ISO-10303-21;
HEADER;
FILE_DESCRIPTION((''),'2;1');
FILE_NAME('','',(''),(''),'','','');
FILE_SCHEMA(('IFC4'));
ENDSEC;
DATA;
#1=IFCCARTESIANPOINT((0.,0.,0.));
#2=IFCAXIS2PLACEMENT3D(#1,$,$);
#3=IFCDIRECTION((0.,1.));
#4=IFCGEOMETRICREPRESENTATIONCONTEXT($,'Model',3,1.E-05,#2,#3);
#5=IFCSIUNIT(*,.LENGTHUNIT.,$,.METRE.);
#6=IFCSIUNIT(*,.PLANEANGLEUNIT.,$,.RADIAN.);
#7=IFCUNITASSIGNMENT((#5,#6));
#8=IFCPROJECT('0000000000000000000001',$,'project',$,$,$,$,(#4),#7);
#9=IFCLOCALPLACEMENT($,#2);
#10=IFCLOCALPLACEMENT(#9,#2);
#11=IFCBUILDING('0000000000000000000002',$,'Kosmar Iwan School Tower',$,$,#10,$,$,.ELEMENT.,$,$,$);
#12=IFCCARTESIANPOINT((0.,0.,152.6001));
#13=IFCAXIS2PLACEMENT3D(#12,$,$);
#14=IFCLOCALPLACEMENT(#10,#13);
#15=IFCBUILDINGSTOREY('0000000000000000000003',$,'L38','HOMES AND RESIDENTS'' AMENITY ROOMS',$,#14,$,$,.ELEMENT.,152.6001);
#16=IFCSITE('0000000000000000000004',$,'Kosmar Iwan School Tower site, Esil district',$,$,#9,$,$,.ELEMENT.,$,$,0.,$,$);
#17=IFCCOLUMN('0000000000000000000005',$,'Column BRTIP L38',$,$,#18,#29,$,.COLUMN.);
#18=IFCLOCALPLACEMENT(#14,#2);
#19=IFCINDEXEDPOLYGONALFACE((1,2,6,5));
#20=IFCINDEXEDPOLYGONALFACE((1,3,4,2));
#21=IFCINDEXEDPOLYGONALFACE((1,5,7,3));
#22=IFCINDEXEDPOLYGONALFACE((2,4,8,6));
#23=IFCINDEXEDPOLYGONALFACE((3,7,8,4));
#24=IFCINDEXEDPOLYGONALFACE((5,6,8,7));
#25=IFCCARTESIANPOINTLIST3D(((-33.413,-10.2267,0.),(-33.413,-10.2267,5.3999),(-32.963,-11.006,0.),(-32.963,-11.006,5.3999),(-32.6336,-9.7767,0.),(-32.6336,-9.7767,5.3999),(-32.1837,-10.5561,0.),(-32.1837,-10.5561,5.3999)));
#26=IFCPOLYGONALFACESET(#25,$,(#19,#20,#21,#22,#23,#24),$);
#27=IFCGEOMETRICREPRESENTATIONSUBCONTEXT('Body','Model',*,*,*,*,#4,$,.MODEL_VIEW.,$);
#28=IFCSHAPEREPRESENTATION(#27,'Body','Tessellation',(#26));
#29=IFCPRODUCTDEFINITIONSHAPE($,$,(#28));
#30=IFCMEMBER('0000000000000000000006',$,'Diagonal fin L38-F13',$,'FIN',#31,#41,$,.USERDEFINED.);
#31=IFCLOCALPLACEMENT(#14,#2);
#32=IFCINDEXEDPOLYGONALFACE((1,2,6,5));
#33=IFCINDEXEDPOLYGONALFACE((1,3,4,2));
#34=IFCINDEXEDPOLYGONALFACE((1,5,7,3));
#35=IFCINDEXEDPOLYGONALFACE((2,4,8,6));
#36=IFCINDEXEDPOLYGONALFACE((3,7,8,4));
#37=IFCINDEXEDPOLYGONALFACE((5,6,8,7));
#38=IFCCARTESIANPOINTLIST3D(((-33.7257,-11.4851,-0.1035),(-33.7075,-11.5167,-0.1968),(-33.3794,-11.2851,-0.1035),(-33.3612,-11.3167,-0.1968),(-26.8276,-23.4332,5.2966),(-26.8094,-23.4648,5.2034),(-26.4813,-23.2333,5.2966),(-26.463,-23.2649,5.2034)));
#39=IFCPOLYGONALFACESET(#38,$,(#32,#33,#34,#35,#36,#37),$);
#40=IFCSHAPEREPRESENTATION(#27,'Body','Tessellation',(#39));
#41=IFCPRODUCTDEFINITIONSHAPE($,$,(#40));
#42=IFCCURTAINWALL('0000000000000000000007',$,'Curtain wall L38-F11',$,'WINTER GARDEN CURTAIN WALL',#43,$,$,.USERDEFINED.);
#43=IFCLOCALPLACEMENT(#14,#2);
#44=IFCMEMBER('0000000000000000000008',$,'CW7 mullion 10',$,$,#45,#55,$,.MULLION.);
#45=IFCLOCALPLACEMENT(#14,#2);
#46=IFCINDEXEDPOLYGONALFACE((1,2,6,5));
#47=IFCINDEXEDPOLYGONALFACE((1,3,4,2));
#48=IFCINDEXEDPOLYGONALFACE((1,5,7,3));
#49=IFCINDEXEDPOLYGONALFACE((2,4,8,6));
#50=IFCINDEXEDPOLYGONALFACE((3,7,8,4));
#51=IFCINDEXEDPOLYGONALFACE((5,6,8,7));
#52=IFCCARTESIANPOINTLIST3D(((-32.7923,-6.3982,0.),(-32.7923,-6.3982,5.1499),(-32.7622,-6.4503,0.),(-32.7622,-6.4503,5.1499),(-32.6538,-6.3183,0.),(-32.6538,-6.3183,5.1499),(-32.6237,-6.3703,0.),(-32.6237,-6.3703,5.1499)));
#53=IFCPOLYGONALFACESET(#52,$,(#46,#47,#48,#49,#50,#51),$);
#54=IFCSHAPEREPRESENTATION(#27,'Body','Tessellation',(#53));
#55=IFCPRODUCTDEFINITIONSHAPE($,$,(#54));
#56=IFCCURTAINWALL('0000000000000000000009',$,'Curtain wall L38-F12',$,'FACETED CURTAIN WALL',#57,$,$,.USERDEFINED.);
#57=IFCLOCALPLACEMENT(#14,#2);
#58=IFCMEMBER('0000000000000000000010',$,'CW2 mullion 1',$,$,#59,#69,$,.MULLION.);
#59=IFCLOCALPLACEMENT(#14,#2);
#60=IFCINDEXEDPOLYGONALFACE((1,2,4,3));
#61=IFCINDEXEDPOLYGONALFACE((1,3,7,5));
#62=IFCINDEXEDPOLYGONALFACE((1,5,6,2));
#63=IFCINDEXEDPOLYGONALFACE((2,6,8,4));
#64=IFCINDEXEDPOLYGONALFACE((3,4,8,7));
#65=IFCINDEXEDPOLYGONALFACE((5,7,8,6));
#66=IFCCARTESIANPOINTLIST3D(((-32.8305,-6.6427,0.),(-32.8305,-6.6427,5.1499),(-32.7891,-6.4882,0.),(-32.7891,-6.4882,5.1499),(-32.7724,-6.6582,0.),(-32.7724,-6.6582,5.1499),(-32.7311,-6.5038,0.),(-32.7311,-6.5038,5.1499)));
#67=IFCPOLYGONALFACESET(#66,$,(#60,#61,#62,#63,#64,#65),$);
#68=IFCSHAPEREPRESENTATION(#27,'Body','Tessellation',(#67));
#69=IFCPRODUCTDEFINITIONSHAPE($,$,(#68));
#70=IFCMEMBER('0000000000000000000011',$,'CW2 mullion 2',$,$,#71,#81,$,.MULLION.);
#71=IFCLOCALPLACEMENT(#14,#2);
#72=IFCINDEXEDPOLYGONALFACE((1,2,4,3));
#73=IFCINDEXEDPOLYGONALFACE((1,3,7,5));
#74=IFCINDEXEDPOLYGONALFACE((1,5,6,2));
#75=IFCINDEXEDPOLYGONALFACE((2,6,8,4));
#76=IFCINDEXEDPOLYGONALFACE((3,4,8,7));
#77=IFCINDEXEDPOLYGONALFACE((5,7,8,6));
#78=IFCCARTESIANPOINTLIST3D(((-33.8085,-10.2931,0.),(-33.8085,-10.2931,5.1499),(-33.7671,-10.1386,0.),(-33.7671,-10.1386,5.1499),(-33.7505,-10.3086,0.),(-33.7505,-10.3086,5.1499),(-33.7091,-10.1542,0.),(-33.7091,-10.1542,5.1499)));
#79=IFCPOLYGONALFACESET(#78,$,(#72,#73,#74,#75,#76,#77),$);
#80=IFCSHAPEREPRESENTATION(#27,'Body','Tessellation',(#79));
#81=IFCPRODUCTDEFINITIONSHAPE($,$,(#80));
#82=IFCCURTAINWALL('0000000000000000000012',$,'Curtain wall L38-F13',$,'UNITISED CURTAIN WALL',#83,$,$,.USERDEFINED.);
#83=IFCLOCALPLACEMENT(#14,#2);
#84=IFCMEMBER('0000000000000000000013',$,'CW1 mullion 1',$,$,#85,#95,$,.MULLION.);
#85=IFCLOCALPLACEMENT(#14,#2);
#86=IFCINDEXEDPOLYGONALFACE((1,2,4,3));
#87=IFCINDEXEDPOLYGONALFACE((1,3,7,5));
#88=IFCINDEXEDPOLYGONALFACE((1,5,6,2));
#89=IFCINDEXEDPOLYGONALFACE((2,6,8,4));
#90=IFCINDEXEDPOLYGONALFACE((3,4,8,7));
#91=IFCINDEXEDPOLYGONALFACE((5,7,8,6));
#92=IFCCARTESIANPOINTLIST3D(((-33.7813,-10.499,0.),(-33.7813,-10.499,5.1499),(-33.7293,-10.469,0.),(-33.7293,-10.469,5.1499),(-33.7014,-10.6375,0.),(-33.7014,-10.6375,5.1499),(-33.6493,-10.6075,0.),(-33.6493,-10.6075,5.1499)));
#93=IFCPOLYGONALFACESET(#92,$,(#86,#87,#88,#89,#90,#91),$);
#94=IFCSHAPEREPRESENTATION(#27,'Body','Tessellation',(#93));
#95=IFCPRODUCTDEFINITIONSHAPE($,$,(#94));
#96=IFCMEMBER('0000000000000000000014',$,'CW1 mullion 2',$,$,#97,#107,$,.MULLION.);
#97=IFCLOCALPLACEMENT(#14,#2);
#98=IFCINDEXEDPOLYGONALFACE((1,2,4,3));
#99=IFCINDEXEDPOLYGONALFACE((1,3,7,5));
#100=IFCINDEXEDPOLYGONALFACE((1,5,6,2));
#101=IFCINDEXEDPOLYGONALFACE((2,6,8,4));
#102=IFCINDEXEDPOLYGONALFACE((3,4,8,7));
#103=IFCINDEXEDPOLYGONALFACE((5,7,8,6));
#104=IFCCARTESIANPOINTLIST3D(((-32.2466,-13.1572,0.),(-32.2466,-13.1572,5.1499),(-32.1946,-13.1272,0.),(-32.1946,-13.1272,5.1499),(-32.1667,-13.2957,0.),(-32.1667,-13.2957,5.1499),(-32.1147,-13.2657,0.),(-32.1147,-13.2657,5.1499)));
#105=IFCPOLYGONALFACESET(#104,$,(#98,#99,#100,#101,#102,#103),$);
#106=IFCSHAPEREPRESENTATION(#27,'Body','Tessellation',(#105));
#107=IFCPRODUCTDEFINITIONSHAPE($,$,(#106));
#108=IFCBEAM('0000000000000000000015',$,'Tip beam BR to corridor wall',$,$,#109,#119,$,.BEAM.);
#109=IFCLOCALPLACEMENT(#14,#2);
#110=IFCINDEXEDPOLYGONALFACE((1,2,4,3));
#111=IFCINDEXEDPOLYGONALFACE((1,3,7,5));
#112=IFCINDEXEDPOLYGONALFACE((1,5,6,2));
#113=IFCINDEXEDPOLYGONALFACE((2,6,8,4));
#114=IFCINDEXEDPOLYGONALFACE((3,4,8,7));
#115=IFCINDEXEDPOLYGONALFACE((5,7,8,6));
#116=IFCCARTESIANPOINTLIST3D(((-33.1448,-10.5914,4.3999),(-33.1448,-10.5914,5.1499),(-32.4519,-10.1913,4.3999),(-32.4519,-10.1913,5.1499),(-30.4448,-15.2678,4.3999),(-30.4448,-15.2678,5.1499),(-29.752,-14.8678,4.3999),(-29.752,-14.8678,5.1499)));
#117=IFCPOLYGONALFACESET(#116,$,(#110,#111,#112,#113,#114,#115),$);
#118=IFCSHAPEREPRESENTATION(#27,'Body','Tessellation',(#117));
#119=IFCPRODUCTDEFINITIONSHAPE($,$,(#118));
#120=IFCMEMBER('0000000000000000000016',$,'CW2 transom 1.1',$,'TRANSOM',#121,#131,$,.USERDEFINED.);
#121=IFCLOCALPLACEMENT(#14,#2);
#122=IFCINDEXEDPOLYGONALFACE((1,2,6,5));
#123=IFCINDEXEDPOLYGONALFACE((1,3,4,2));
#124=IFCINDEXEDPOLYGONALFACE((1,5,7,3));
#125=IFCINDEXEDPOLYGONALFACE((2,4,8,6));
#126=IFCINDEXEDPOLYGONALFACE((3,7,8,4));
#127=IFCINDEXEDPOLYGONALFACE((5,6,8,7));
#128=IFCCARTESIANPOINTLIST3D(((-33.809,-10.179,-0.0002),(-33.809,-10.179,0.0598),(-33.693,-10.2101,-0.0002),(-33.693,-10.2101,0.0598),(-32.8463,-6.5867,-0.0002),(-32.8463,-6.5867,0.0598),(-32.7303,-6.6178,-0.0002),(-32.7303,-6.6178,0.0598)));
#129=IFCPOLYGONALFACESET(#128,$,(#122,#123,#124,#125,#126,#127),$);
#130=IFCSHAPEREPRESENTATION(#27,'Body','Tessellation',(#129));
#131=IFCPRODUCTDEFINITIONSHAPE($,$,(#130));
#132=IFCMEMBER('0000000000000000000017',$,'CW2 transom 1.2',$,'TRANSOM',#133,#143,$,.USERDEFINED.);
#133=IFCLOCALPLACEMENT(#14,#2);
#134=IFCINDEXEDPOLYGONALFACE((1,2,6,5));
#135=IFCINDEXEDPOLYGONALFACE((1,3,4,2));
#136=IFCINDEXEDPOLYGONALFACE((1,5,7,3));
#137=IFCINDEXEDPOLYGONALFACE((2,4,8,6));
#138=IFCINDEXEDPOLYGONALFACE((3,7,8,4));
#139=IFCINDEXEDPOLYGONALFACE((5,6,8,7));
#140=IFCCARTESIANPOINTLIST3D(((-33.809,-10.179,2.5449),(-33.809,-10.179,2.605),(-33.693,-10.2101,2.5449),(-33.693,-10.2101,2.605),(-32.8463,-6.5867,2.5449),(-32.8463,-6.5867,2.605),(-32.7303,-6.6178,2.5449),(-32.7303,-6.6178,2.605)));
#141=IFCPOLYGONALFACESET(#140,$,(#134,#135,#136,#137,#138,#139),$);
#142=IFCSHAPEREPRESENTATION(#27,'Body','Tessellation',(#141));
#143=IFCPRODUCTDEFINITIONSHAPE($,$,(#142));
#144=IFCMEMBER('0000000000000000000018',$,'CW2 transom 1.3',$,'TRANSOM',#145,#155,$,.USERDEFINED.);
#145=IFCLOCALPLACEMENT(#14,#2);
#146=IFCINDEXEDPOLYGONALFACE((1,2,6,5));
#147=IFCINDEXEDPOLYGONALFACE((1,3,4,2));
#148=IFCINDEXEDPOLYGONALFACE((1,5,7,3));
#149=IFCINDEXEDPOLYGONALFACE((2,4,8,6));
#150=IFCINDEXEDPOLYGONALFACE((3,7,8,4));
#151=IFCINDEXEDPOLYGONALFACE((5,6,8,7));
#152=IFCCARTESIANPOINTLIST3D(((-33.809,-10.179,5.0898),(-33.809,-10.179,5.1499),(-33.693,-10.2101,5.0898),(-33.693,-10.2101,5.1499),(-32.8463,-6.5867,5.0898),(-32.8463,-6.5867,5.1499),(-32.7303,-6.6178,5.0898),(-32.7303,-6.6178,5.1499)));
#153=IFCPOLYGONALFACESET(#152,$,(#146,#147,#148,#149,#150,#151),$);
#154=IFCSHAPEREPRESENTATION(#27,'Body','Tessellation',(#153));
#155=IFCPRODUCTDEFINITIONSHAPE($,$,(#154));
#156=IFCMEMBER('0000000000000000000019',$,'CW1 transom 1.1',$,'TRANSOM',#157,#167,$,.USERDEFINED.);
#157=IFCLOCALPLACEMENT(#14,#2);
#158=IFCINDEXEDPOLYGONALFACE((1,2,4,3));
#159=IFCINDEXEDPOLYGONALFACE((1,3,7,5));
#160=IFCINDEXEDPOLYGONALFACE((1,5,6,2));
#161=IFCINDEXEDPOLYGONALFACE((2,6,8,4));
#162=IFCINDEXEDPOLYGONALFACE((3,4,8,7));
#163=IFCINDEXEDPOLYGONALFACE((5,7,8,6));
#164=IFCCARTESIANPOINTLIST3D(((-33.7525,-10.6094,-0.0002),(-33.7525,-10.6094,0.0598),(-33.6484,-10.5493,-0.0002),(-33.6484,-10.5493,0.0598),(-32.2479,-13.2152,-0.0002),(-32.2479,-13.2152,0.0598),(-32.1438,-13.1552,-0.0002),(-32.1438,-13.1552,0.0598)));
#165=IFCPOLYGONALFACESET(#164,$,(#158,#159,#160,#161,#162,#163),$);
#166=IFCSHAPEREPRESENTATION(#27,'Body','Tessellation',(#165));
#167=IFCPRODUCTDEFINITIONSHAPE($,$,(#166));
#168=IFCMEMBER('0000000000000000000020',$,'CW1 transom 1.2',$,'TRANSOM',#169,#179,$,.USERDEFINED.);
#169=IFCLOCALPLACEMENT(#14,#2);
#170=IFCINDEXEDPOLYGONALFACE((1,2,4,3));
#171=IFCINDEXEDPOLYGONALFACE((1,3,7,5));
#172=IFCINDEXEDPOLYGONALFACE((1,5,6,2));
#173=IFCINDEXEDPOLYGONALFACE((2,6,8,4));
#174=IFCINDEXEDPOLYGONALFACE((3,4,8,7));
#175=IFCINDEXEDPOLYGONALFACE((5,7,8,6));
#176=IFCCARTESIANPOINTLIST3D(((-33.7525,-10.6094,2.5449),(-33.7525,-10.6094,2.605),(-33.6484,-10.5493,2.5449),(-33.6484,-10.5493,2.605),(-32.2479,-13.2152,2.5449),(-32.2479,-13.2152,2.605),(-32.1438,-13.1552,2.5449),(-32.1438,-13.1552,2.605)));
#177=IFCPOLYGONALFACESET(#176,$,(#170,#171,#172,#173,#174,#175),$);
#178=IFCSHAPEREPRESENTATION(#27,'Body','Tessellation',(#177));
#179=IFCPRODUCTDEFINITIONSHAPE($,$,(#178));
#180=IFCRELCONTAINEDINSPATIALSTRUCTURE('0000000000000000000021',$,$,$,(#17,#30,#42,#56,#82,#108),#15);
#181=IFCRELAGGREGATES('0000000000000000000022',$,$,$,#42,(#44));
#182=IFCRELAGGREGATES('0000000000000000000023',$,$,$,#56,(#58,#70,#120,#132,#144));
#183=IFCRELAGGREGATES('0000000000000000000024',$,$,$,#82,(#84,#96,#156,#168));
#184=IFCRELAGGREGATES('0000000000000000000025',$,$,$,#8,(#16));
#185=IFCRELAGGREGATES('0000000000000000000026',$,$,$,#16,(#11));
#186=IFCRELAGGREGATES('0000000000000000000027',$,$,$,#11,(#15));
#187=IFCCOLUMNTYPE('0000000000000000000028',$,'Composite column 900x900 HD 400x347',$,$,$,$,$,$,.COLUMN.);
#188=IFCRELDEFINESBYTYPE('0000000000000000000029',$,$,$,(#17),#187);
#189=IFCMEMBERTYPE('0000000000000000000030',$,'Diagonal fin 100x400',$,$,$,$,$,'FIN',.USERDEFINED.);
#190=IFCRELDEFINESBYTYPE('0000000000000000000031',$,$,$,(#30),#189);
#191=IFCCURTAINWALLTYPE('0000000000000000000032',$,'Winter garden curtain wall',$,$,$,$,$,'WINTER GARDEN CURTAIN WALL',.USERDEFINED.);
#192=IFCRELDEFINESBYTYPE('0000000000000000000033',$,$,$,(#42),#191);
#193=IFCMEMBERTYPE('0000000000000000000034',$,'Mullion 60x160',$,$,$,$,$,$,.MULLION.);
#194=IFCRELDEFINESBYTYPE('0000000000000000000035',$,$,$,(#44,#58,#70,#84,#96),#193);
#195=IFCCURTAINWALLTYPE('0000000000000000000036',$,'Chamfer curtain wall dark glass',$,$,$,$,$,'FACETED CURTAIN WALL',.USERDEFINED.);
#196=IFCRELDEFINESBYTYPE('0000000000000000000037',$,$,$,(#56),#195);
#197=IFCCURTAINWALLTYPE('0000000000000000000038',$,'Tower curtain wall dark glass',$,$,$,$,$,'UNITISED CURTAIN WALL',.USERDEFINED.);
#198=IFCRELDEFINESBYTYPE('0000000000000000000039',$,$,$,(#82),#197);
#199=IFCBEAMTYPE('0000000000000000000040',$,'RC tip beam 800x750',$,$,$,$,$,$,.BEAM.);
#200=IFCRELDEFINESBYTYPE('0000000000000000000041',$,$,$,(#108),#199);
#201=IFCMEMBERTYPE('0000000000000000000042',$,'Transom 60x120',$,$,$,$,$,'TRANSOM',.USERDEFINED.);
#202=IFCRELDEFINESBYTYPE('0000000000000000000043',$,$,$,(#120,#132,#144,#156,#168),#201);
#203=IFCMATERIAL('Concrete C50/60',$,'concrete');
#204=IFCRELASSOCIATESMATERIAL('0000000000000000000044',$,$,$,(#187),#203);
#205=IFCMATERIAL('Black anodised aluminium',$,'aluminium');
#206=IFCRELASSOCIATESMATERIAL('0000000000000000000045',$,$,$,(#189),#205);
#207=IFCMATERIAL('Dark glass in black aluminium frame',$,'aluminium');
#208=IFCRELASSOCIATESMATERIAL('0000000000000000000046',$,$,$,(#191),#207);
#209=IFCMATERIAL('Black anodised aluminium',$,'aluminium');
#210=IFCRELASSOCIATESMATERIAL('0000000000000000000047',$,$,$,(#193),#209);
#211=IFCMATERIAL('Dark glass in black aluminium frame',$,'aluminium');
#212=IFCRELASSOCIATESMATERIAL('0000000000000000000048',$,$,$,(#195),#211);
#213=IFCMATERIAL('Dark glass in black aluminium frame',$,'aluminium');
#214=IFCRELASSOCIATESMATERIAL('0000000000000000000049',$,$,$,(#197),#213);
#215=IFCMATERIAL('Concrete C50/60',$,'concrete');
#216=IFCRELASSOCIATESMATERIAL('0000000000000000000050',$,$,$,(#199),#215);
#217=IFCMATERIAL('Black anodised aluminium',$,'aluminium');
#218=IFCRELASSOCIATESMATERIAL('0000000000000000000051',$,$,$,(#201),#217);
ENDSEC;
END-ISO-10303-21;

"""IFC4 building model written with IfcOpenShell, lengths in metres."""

from ifc_helpers import new_model, si_unit, direction, frame, origin, origin_2d, place, context, subcontext, project, spatial, rectangle, extrude, material, material_profile, profile_set, type_object, element, aggregate, save


model = new_model("IFC4")

# Units and contexts
model_context = context("Model", 3, precision=1e-05, world=origin(), true_north=direction((0.0, 1.0)))
body_context = subcontext(model_context, "Body", "Model", "MODEL_VIEW")
ifc_project = project(units=[si_unit("LENGTHUNIT", "METRE"), si_unit("PLANEANGLEUNIT", "RADIAN")], contexts=[model_context])

# Site, building, storey
site_placement = place(None, origin())
site = spatial("IfcSite", under=ifc_project, at=site_placement, Name="Kosmar Iwan School Tower site, Esil district", CompositionType="ELEMENT", RefElevation=0.0)
building_placement = place(site_placement, origin())
building = spatial("IfcBuilding", under=site, at=building_placement, Name="Kosmar Iwan School Tower", CompositionType="ELEMENT")
storey_placement = place(building_placement, frame((0.0, 0.0, 152.6001)))
storey = spatial("IfcBuildingStorey", under=building, at=storey_placement, Name="L38", Description="HOMES AND RESIDENTS' AMENITY ROOMS", CompositionType="ELEMENT", Elevation=152.6001)

# Column
ifc_material_1 = material(Name="Concrete C50/60", Category="concrete")
ifc_material_profile_1 = material_profile(ifc_material_1, rectangle(XDim=0.8999, YDim=0.8999, at=origin_2d()), Name="RC 900x900 + HD 400x347")
ifc_profile_set_1 = profile_set([ifc_material_profile_1], Name="Concrete C50/60")
column_type = type_object("IfcColumnType", Name="Composite column 900x900 HD 400x347", PredefinedType="COLUMN", material=ifc_profile_set_1)
column_placement = place(storey_placement, frame((-32.7983, -10.3914, 0.0), z_axis=(0.0, 0.0, 1.0), x_axis=(-0.866025, -0.5, 0.0)))
element("IfcColumn", 1, at=column_placement, inside=storey, type_object=column_type, Name="Column BRTIP L38", PredefinedType="COLUMN", context=body_context, shape_type="SweptSolid", body=[
    extrude(rectangle(XDim=0.8999, YDim=0.8999, at=origin_2d()), origin(), (0.0, 0.0, 1.0), 5.3999),
])

# Member
ifc_material_2 = material(Name="Black anodised aluminium", Category="aluminium")
ifc_material_profile_2 = material_profile(ifc_material_2, rectangle(XDim=0.1001, YDim=0.3999, at=origin_2d()), Name="FIN 100x400")
ifc_profile_set_2 = profile_set([ifc_material_profile_2], Name="Black anodised aluminium")
member_type_1 = type_object("IfcMemberType", Name="Diagonal fin 100x400", ElementType="FIN", PredefinedType="USERDEFINED", material=ifc_profile_set_2)
member_1_placement = place(storey_placement, frame((-33.5435, -11.4009, -0.1501), z_axis=(0.465598, -0.806454, 0.364486), x_axis=(-0.182241, 0.315656, 0.931209)))
element("IfcMember", 2, at=member_1_placement, inside=storey, type_object=member_type_1, Name="Diagonal fin L38-F13", ObjectType="FIN", PredefinedType="USERDEFINED", context=body_context, shape_type="SweptSolid", body=[
    extrude(rectangle(XDim=0.1001, YDim=0.3999, at=origin_2d()), origin(), (0.0, 0.0, 1.0), 14.8157),
])

# Curtain wall, member
ifc_material_3 = material(Name="Dark glass in black aluminium frame", Category="aluminium")
curtain_wall_type_1 = type_object("IfcCurtainWallType", Name="Winter garden curtain wall", ElementType="WINTER GARDEN CURTAIN WALL", PredefinedType="USERDEFINED", material=ifc_material_3)
curtain_wall_1_placement = place(storey_placement, origin())
curtain_wall_1 = element("IfcCurtainWall", 3, at=curtain_wall_1_placement, inside=storey, type_object=curtain_wall_type_1, Name="Curtain wall L38-F11", ObjectType="WINTER GARDEN CURTAIN WALL", PredefinedType="USERDEFINED")
ifc_material_4 = material(Name="Black anodised aluminium", Category="aluminium")
ifc_material_profile_3 = material_profile(ifc_material_4, rectangle(XDim=0.0601, YDim=0.1599, at=origin_2d()), Name="MULLION 60x160")
ifc_profile_set_3 = profile_set([ifc_material_profile_3], Name="Black anodised aluminium")
member_type_2 = type_object("IfcMemberType", Name="Mullion 60x160", PredefinedType="MULLION", material=ifc_profile_set_3)
member_2_placement = place(storey_placement, frame((-32.708, -6.3843, 0.0), z_axis=(0.0, 0.0, 1.0), x_axis=(0.5, -0.866025, 0.0)))
member_2 = element("IfcMember", 4, at=member_2_placement, type_object=member_type_2, Name="CW7 mullion 10", PredefinedType="MULLION", context=body_context, shape_type="SweptSolid", body=[
    extrude(rectangle(XDim=0.0601, YDim=0.1599, at=origin_2d()), origin(), (0.0, 0.0, 1.0), 5.1499),
])
aggregate(curtain_wall_1, [member_2])

# Curtain walls, members
ifc_material_5 = material(Name="Dark glass in black aluminium frame", Category="aluminium")
curtain_wall_type_2 = type_object("IfcCurtainWallType", Name="Chamfer curtain wall dark glass", ElementType="FACETED CURTAIN WALL", PredefinedType="USERDEFINED", material=ifc_material_5)
curtain_wall_2_placement = place(storey_placement, origin())
curtain_wall_2 = element("IfcCurtainWall", 5, at=curtain_wall_2_placement, inside=storey, type_object=curtain_wall_type_2, Name="Curtain wall L38-F12", ObjectType="FACETED CURTAIN WALL", PredefinedType="USERDEFINED")
member_3_placement = place(storey_placement, frame((-32.7808, -6.5732, 0.0), z_axis=(0.0, 0.0, 1.0), x_axis=(0.965926, -0.258819, 0.0)))
member_3 = element("IfcMember", 6, at=member_3_placement, type_object=member_type_2, Name="CW2 mullion 1", PredefinedType="MULLION", context=body_context, shape_type="SweptSolid", body=[
    extrude(rectangle(XDim=0.0601, YDim=0.1599, at=origin_2d()), origin(), (0.0, 0.0, 1.0), 5.1499),
])
member_4_placement = place(storey_placement, frame((-33.7588, -10.2236, 0.0), z_axis=(0.0, 0.0, 1.0), x_axis=(0.965926, -0.258819, 0.0)))
member_4 = element("IfcMember", 7, at=member_4_placement, type_object=member_type_2, Name="CW2 mullion 2", PredefinedType="MULLION", context=body_context, shape_type="SweptSolid", body=[
    extrude(rectangle(XDim=0.0601, YDim=0.1599, at=origin_2d()), origin(), (0.0, 0.0, 1.0), 5.1499),
])
ifc_material_6 = material(Name="Dark glass in black aluminium frame", Category="aluminium")
curtain_wall_type_3 = type_object("IfcCurtainWallType", Name="Tower curtain wall dark glass", ElementType="UNITISED CURTAIN WALL", PredefinedType="USERDEFINED", material=ifc_material_6)
curtain_wall_3_placement = place(storey_placement, origin())
curtain_wall_3 = element("IfcCurtainWall", 8, at=curtain_wall_3_placement, inside=storey, type_object=curtain_wall_type_3, Name="Curtain wall L38-F13", ObjectType="UNITISED CURTAIN WALL", PredefinedType="USERDEFINED")
member_5_placement = place(storey_placement, frame((-33.7153, -10.5532, 0.0), z_axis=(0.0, 0.0, 1.0), x_axis=(0.866025, 0.5, 0.0)))
member_5 = element("IfcMember", 9, at=member_5_placement, type_object=member_type_2, Name="CW1 mullion 1", PredefinedType="MULLION", context=body_context, shape_type="SweptSolid", body=[
    extrude(rectangle(XDim=0.0601, YDim=0.1599, at=origin_2d()), origin(), (0.0, 0.0, 1.0), 5.1499),
])
member_6_placement = place(storey_placement, frame((-32.1807, -13.2114, 0.0), z_axis=(0.0, 0.0, 1.0), x_axis=(0.866025, 0.5, 0.0)))
member_6 = element("IfcMember", 10, at=member_6_placement, type_object=member_type_2, Name="CW1 mullion 2", PredefinedType="MULLION", context=body_context, shape_type="SweptSolid", body=[
    extrude(rectangle(XDim=0.0601, YDim=0.1599, at=origin_2d()), origin(), (0.0, 0.0, 1.0), 5.1499),
])

# Beam
ifc_material_7 = material(Name="Concrete C50/60", Category="concrete")
ifc_material_profile_4 = material_profile(ifc_material_7, rectangle(XDim=0.8, YDim=0.75, at=origin_2d()), Name="RC 800x750")
ifc_profile_set_4 = profile_set([ifc_material_profile_4], Name="Concrete C50/60")
beam_type = type_object("IfcBeamType", Name="RC tip beam 800x750", PredefinedType="BEAM", material=ifc_profile_set_4)
beam_placement = place(storey_placement, frame((-32.7983, -10.3914, 4.7749), z_axis=(0.499995, -0.866028, 0.0), x_axis=(0.866028, 0.499995, 0.0)))
element("IfcBeam", 11, at=beam_placement, inside=storey, type_object=beam_type, Name="Tip beam BR to corridor wall", PredefinedType="BEAM", context=body_context, shape_type="SweptSolid", body=[
    extrude(rectangle(XDim=0.8, YDim=0.75, at=origin_2d()), origin(), (0.0, 0.0, 1.0), 5.3999),
])

# Members
ifc_material_8 = material(Name="Black anodised aluminium", Category="aluminium")
ifc_material_profile_5 = material_profile(ifc_material_8, rectangle(XDim=0.1201, YDim=0.0601, at=origin_2d()), Name="TRANSOM 60x120")
ifc_profile_set_5 = profile_set([ifc_material_profile_5], Name="Black anodised aluminium")
member_type_3 = type_object("IfcMemberType", Name="Transom 60x120", ElementType="TRANSOM", PredefinedType="USERDEFINED", material=ifc_profile_set_5)
member_7_placement = place(storey_placement, frame((-32.7883, -6.6023, 0.0298), z_axis=(-0.258843, -0.965919, 0.0), x_axis=(0.965919, -0.258843, 0.0)))
member_7 = element("IfcMember", 12, at=member_7_placement, type_object=member_type_3, Name="CW2 transom 1.1", ObjectType="TRANSOM", PredefinedType="USERDEFINED", context=body_context, shape_type="SweptSolid", body=[
    extrude(rectangle(XDim=0.1201, YDim=0.0601, at=origin_2d()), origin(), (0.0, 0.0, 1.0), 3.719),
])
member_8_placement = place(storey_placement, frame((-32.7883, -6.6023, 2.575), z_axis=(-0.258843, -0.965919, 0.0), x_axis=(0.965919, -0.258843, 0.0)))
member_8 = element("IfcMember", 13, at=member_8_placement, type_object=member_type_3, Name="CW2 transom 1.2", ObjectType="TRANSOM", PredefinedType="USERDEFINED", context=body_context, shape_type="SweptSolid", body=[
    extrude(rectangle(XDim=0.1201, YDim=0.0601, at=origin_2d()), origin(), (0.0, 0.0, 1.0), 3.719),
])
member_9_placement = place(storey_placement, frame((-32.7883, -6.6023, 5.1199), z_axis=(-0.258843, -0.965919, 0.0), x_axis=(0.965919, -0.258843, 0.0)))
member_9 = element("IfcMember", 14, at=member_9_placement, type_object=member_type_3, Name="CW2 transom 1.3", ObjectType="TRANSOM", PredefinedType="USERDEFINED", context=body_context, shape_type="SweptSolid", body=[
    extrude(rectangle(XDim=0.1201, YDim=0.0601, at=origin_2d()), origin(), (0.0, 0.0, 1.0), 3.719),
])
member_10_placement = place(storey_placement, frame((-33.7004, -10.5793, 0.0298), z_axis=(0.500022, -0.866013, 0.0), x_axis=(0.866013, 0.500022, 0.0)))
member_10 = element("IfcMember", 15, at=member_10_placement, type_object=member_type_3, Name="CW1 transom 1.1", ObjectType="TRANSOM", PredefinedType="USERDEFINED", context=body_context, shape_type="SweptSolid", body=[
    extrude(rectangle(XDim=0.1201, YDim=0.0601, at=origin_2d()), origin(), (0.0, 0.0, 1.0), 3.009),
])
member_11_placement = place(storey_placement, frame((-33.7004, -10.5793, 2.575), z_axis=(0.500022, -0.866013, 0.0), x_axis=(0.866013, 0.500022, 0.0)))
member_11 = element("IfcMember", 16, at=member_11_placement, type_object=member_type_3, Name="CW1 transom 1.2", ObjectType="TRANSOM", PredefinedType="USERDEFINED", context=body_context, shape_type="SweptSolid", body=[
    extrude(rectangle(XDim=0.1201, YDim=0.0601, at=origin_2d()), origin(), (0.0, 0.0, 1.0), 3.009),
])

aggregate(curtain_wall_2, [member_3, member_4, member_7, member_8, member_9])
aggregate(curtain_wall_3, [member_5, member_6, member_10, member_11])

save(model, "model.ifc")
